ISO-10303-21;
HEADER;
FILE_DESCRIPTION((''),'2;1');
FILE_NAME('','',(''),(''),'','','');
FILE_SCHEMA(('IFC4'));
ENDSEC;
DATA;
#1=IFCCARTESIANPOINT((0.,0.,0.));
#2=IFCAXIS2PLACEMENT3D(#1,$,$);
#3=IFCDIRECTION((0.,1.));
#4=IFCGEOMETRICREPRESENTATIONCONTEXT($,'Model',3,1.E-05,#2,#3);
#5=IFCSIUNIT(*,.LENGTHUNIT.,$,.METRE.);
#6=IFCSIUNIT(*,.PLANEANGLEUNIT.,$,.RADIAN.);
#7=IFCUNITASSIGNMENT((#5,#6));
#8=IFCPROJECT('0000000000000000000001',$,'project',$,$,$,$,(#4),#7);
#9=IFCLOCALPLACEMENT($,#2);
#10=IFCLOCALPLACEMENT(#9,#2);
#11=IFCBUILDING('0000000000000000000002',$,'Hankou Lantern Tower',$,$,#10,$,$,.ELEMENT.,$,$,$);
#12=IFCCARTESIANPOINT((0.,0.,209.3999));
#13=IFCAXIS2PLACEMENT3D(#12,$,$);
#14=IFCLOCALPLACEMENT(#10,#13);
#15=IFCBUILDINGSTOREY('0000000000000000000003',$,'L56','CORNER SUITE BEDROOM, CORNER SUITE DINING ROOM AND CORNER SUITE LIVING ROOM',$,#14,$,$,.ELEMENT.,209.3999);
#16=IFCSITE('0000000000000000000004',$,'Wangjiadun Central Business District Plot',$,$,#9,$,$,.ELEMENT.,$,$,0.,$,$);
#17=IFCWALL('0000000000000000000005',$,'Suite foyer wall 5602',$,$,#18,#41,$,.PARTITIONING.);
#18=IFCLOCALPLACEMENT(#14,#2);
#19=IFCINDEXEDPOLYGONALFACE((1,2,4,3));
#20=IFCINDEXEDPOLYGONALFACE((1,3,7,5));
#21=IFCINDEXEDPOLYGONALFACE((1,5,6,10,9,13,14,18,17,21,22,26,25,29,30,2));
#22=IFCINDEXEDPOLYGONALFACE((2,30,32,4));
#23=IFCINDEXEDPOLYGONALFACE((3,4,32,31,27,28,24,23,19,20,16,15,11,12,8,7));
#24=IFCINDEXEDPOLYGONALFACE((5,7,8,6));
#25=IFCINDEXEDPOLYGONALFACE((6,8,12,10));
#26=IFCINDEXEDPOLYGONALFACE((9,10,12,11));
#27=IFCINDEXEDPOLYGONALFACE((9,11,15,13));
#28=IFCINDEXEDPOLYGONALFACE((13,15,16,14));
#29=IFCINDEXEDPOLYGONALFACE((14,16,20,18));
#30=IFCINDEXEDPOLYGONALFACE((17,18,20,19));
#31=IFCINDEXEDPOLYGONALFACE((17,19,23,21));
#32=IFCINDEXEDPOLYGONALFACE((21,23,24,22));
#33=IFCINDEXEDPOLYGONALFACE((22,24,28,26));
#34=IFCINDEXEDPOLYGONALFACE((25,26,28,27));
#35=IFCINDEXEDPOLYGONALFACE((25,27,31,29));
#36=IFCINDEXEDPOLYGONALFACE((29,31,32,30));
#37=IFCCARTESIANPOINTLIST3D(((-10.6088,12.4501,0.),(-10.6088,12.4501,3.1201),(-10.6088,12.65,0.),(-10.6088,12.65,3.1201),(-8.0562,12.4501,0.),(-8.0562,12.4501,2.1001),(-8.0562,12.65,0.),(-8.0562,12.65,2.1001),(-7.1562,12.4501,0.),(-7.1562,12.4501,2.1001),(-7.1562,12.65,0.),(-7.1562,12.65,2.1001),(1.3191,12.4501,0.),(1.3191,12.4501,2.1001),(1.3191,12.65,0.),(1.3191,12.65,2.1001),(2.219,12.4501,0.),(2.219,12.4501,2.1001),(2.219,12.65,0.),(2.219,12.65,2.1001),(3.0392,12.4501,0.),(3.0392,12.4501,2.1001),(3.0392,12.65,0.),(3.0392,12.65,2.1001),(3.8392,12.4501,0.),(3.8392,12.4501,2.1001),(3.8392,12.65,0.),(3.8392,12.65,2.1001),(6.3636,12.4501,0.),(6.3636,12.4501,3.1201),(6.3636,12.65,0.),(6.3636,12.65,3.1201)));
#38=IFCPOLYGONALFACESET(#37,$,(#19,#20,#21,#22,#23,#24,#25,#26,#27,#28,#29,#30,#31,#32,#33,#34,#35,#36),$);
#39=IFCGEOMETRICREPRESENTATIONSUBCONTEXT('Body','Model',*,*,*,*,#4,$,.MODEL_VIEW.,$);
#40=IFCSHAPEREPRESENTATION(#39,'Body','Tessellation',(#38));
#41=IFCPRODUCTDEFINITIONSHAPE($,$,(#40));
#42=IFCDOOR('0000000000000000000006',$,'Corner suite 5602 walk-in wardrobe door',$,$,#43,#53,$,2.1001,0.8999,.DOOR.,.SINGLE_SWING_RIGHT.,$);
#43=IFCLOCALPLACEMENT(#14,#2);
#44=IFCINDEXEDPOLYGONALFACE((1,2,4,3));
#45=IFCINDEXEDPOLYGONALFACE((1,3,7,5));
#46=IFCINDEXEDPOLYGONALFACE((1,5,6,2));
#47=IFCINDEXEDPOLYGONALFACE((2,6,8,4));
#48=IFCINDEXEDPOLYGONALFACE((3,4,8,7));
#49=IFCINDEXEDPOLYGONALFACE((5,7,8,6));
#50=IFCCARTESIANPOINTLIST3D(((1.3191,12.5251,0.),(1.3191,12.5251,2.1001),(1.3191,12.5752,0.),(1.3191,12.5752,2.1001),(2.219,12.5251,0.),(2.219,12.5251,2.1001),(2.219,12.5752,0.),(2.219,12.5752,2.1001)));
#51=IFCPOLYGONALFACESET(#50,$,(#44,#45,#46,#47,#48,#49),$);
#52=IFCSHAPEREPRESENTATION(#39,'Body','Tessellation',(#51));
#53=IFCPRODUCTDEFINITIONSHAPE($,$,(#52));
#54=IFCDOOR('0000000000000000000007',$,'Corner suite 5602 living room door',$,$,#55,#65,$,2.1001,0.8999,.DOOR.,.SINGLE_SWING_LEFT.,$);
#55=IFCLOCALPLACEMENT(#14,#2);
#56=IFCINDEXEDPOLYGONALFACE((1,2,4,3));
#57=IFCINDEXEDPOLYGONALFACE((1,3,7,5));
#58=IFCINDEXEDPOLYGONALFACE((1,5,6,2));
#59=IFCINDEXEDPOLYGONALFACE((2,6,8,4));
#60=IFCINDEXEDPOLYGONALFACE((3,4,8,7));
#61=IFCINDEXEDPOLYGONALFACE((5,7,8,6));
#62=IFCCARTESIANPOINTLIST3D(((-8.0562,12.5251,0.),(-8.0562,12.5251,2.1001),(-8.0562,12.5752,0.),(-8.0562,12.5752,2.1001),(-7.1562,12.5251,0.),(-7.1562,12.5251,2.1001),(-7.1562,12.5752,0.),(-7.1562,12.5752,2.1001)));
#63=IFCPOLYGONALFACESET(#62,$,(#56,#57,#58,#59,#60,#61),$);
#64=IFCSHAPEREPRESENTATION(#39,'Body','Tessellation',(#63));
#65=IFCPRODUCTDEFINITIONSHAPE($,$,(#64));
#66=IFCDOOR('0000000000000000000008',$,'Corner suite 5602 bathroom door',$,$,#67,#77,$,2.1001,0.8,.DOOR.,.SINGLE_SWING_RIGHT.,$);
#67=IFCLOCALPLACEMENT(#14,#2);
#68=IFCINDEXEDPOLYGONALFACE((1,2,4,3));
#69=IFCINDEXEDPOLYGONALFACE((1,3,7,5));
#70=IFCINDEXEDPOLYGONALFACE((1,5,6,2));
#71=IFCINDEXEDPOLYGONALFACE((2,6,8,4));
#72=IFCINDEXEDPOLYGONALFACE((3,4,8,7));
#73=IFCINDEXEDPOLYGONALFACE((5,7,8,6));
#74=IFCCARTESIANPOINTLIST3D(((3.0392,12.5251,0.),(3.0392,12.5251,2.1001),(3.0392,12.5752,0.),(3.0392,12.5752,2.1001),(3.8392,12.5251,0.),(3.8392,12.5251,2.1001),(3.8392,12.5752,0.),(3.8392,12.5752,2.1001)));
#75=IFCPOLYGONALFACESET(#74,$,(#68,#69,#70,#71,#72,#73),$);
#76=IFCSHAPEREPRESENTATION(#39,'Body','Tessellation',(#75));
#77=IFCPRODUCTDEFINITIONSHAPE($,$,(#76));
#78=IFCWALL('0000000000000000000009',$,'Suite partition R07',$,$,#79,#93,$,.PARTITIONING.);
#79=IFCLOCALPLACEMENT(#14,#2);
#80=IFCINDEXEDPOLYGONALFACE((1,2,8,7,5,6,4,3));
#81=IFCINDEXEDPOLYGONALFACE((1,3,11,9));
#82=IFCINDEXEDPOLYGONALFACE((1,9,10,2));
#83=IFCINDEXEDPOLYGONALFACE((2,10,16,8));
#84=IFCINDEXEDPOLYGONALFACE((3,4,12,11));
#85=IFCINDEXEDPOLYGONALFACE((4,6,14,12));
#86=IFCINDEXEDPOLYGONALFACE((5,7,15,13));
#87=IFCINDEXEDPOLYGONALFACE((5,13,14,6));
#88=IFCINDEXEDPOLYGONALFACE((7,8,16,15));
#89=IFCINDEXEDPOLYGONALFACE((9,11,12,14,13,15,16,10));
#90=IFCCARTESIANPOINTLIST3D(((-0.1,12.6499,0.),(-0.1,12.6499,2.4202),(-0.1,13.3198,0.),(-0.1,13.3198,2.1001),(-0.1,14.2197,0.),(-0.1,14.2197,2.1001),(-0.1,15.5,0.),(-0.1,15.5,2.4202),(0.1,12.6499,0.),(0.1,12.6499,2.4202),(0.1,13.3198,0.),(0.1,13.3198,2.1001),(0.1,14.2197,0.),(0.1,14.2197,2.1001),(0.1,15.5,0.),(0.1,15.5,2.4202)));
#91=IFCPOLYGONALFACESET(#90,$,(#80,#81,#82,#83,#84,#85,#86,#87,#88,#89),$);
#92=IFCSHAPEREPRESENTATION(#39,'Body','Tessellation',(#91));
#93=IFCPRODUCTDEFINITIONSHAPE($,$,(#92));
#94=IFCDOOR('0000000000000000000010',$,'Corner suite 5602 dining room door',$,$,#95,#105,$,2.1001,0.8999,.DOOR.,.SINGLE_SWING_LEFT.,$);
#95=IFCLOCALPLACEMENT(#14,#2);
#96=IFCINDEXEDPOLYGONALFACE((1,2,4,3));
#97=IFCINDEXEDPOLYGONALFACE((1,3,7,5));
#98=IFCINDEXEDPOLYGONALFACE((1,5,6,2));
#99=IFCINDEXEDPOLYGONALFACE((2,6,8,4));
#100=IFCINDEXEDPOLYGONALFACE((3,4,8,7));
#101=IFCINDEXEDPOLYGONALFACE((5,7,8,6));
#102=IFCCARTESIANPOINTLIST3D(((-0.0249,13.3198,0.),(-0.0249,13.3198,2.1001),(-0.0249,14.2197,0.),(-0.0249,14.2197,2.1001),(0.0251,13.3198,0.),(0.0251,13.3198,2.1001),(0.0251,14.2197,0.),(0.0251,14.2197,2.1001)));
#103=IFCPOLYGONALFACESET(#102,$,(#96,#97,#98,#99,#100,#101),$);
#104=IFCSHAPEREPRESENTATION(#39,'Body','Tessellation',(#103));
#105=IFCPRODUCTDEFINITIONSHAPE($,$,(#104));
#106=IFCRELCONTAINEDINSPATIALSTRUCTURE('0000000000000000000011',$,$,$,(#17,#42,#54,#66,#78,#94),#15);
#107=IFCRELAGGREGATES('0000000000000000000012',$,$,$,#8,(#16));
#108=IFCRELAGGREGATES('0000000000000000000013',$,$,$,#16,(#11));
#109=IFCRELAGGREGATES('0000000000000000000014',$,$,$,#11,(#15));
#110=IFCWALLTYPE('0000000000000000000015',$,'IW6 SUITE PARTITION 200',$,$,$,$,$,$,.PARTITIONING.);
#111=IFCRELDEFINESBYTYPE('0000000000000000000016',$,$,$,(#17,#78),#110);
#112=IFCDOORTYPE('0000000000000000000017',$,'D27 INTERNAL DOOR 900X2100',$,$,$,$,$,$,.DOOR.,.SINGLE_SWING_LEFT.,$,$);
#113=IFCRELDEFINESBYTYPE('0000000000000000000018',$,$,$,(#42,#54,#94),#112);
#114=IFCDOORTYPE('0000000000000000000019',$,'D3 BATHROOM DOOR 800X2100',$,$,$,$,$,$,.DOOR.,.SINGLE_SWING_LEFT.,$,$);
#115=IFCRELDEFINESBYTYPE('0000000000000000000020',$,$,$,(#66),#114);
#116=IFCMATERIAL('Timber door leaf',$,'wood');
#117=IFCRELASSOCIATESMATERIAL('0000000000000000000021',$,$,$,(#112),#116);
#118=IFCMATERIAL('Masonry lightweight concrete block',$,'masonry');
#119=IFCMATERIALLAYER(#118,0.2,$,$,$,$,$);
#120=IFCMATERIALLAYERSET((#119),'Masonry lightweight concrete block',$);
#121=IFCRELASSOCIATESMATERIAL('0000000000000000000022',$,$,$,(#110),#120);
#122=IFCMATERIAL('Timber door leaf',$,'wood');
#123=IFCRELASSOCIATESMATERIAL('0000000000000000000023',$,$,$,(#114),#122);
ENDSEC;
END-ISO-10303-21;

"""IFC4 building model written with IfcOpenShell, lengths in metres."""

from ifc_helpers import new_model, si_unit, direction, frame, frame_2d, origin, place, context, subcontext, project, spatial, rectangle, extrude, material, layer, layer_set, type_object, element, fill, save


model = new_model("IFC4")

# Units and contexts
model_context = context("Model", 3, precision=1e-05, world=origin(), true_north=direction((0.0, 1.0)))
body_context = subcontext(model_context, "Body", "Model", "MODEL_VIEW")
ifc_project = project(units=[si_unit("LENGTHUNIT", "METRE"), si_unit("PLANEANGLEUNIT", "RADIAN")], contexts=[model_context])

# Site, building, storey
site_placement = place(None, origin())
site = spatial("IfcSite", under=ifc_project, at=site_placement, Name="Wangjiadun Central Business District Plot", CompositionType="ELEMENT", RefElevation=0.0)
building_placement = place(site_placement, origin())
building = spatial("IfcBuilding", under=site, at=building_placement, Name="Hankou Lantern Tower", CompositionType="ELEMENT")
storey_placement = place(building_placement, frame((0.0, 0.0, 209.3999)))
storey = spatial("IfcBuildingStorey", under=building, at=storey_placement, Name="L56", Description="CORNER SUITE BEDROOM, CORNER SUITE DINING ROOM AND CORNER SUITE LIVING ROOM", CompositionType="ELEMENT", Elevation=209.3999)

# Shared definitions
ifc_material_1 = material(Name="Timber door leaf", Category="wood")
door_type_1 = type_object("IfcDoorType", Name="D27 INTERNAL DOOR 900X2100", OperationType="SINGLE_SWING_LEFT", PredefinedType="DOOR", material=ifc_material_1)

# Wall, openings, doors
ifc_material_2 = material(Name="Masonry lightweight concrete block", Category="masonry")
ifc_layer_1 = layer(ifc_material_2, 0.2)
ifc_layer_set_1 = layer_set([ifc_layer_1], Name="Masonry lightweight concrete block")
wall_type_1 = type_object("IfcWallType", Name="IW6 SUITE PARTITION 200", PredefinedType="PARTITIONING", material=ifc_layer_set_1)
wall_1_placement = place(storey_placement, frame((6.3638, 12.55, 0.0), z_axis=(0.0, 0.0, 1.0), x_axis=(-1.0, 0.0, 0.0)))
wall_1 = element("IfcWall", 1, at=wall_1_placement, inside=storey, type_object=wall_type_1, Name="Suite foyer wall 5602", PredefinedType="PARTITIONING", context=body_context, shape_type="SweptSolid", body=[
    extrude(rectangle(XDim=16.9724, YDim=0.2, at=frame_2d((8.4863, 0.0))), origin(), (0.0, 0.0, 1.0), 3.1201),
])
opening_1_placement = place(wall_1_placement, frame((2.5247, 0.0, 0.0)))
opening_1 = element("IfcOpeningElement", 2, at=opening_1_placement, cuts=wall_1, PredefinedType="OPENING", context=body_context, shape_type="SweptSolid", body=[
    extrude(rectangle(XDim=0.8, YDim=2.1001, at=frame_2d((0.3999, 1.05))), frame((0.0, 0.1099, 0.0), z_axis=(0.0, -1.0, 0.0), x_axis=(1.0, 0.0, 0.0)), (0.0, 0.0, 1.0), 0.22),
])
opening_2_placement = place(wall_1_placement, frame((4.1448, 0.0, 0.0)))
opening_2 = element("IfcOpeningElement", 3, at=opening_2_placement, cuts=wall_1, PredefinedType="OPENING", context=body_context, shape_type="SweptSolid", body=[
    extrude(rectangle(XDim=0.8999, YDim=2.1001, at=frame_2d((0.45, 1.05))), frame((0.0, 0.1099, 0.0), z_axis=(0.0, -1.0, 0.0), x_axis=(1.0, 0.0, 0.0)), (0.0, 0.0, 1.0), 0.22),
])
opening_3_placement = place(wall_1_placement, frame((13.52, 0.0, 0.0)))
opening_3 = element("IfcOpeningElement", 4, at=opening_3_placement, cuts=wall_1, PredefinedType="OPENING", context=body_context, shape_type="SweptSolid", body=[
    extrude(rectangle(XDim=0.8999, YDim=2.1001, at=frame_2d((0.45, 1.05))), frame((0.0, 0.1099, 0.0), z_axis=(0.0, -1.0, 0.0), x_axis=(1.0, 0.0, 0.0)), (0.0, 0.0, 1.0), 0.22),
])
door_1_placement = place(opening_2_placement, origin())
door_1 = element("IfcDoor", 5, at=door_1_placement, inside=storey, type_object=door_type_1, Name="Corner suite 5602 walk-in wardrobe door", OperationType="SINGLE_SWING_RIGHT", OverallHeight=2.1001, OverallWidth=0.8999, PredefinedType="DOOR", context=body_context, shape_type="SweptSolid", body=[
    extrude(rectangle(XDim=0.8999, YDim=2.1001, at=frame_2d((0.45, 1.05))), frame((0.0, 0.0249, 0.0), z_axis=(0.0, -1.0, 0.0), x_axis=(1.0, 0.0, 0.0)), (0.0, 0.0, 1.0), 0.05),
])
fill(opening_2, door_1)
door_2_placement = place(opening_3_placement, origin())
door_2 = element("IfcDoor", 6, at=door_2_placement, inside=storey, type_object=door_type_1, Name="Corner suite 5602 living room door", OperationType="SINGLE_SWING_LEFT", OverallHeight=2.1001, OverallWidth=0.8999, PredefinedType="DOOR", context=body_context, shape_type="SweptSolid", body=[
    extrude(rectangle(XDim=0.8999, YDim=2.1001, at=frame_2d((0.45, 1.05))), frame((0.0, 0.0249, 0.0), z_axis=(0.0, -1.0, 0.0), x_axis=(1.0, 0.0, 0.0)), (0.0, 0.0, 1.0), 0.05),
])
fill(opening_3, door_2)
ifc_material_3 = material(Name="Timber door leaf", Category="wood")
door_type_2 = type_object("IfcDoorType", Name="D3 BATHROOM DOOR 800X2100", OperationType="SINGLE_SWING_LEFT", PredefinedType="DOOR", material=ifc_material_3)
door_3_placement = place(opening_1_placement, origin())
door_3 = element("IfcDoor", 7, at=door_3_placement, inside=storey, type_object=door_type_2, Name="Corner suite 5602 bathroom door", OperationType="SINGLE_SWING_RIGHT", OverallHeight=2.1001, OverallWidth=0.8, PredefinedType="DOOR", context=body_context, shape_type="SweptSolid", body=[
    extrude(rectangle(XDim=0.8, YDim=2.1001, at=frame_2d((0.3999, 1.05))), frame((0.0, 0.0249, 0.0), z_axis=(0.0, -1.0, 0.0), x_axis=(1.0, 0.0, 0.0)), (0.0, 0.0, 1.0), 0.05),
])
fill(opening_1, door_3)

# Wall, opening, door
wall_2_placement = place(storey_placement, frame((0.0, 12.6499, 0.0), z_axis=(0.0, 0.0, 1.0), x_axis=(0.0, 1.0, 0.0)))
wall_2 = element("IfcWall", 8, at=wall_2_placement, inside=storey, type_object=wall_type_1, Name="Suite partition R07", PredefinedType="PARTITIONING", context=body_context, shape_type="SweptSolid", body=[
    extrude(rectangle(XDim=2.8501, YDim=0.2, at=frame_2d((1.425, 0.0))), origin(), (0.0, 0.0, 1.0), 2.4202),
])
opening_4_placement = place(wall_2_placement, frame((0.6699, 0.0, 0.0)))
opening_4 = element("IfcOpeningElement", 9, at=opening_4_placement, cuts=wall_2, PredefinedType="OPENING", context=body_context, shape_type="SweptSolid", body=[
    extrude(rectangle(XDim=0.8999, YDim=2.1001, at=frame_2d((0.45, 1.05))), frame((0.0, 0.1099, 0.0), z_axis=(0.0, -1.0, 0.0), x_axis=(1.0, 0.0, 0.0)), (0.0, 0.0, 1.0), 0.22),
])
door_4_placement = place(opening_4_placement, origin())
door_4 = element("IfcDoor", 10, at=door_4_placement, inside=storey, type_object=door_type_1, Name="Corner suite 5602 dining room door", OperationType="SINGLE_SWING_LEFT", OverallHeight=2.1001, OverallWidth=0.8999, PredefinedType="DOOR", context=body_context, shape_type="SweptSolid", body=[
    extrude(rectangle(XDim=0.8999, YDim=2.1001, at=frame_2d((0.45, 1.05))), frame((0.0, 0.0249, 0.0), z_axis=(0.0, -1.0, 0.0), x_axis=(1.0, 0.0, 0.0)), (0.0, 0.0, 1.0), 0.05),
])
fill(opening_4, door_4)

save(model, "model.ifc")
